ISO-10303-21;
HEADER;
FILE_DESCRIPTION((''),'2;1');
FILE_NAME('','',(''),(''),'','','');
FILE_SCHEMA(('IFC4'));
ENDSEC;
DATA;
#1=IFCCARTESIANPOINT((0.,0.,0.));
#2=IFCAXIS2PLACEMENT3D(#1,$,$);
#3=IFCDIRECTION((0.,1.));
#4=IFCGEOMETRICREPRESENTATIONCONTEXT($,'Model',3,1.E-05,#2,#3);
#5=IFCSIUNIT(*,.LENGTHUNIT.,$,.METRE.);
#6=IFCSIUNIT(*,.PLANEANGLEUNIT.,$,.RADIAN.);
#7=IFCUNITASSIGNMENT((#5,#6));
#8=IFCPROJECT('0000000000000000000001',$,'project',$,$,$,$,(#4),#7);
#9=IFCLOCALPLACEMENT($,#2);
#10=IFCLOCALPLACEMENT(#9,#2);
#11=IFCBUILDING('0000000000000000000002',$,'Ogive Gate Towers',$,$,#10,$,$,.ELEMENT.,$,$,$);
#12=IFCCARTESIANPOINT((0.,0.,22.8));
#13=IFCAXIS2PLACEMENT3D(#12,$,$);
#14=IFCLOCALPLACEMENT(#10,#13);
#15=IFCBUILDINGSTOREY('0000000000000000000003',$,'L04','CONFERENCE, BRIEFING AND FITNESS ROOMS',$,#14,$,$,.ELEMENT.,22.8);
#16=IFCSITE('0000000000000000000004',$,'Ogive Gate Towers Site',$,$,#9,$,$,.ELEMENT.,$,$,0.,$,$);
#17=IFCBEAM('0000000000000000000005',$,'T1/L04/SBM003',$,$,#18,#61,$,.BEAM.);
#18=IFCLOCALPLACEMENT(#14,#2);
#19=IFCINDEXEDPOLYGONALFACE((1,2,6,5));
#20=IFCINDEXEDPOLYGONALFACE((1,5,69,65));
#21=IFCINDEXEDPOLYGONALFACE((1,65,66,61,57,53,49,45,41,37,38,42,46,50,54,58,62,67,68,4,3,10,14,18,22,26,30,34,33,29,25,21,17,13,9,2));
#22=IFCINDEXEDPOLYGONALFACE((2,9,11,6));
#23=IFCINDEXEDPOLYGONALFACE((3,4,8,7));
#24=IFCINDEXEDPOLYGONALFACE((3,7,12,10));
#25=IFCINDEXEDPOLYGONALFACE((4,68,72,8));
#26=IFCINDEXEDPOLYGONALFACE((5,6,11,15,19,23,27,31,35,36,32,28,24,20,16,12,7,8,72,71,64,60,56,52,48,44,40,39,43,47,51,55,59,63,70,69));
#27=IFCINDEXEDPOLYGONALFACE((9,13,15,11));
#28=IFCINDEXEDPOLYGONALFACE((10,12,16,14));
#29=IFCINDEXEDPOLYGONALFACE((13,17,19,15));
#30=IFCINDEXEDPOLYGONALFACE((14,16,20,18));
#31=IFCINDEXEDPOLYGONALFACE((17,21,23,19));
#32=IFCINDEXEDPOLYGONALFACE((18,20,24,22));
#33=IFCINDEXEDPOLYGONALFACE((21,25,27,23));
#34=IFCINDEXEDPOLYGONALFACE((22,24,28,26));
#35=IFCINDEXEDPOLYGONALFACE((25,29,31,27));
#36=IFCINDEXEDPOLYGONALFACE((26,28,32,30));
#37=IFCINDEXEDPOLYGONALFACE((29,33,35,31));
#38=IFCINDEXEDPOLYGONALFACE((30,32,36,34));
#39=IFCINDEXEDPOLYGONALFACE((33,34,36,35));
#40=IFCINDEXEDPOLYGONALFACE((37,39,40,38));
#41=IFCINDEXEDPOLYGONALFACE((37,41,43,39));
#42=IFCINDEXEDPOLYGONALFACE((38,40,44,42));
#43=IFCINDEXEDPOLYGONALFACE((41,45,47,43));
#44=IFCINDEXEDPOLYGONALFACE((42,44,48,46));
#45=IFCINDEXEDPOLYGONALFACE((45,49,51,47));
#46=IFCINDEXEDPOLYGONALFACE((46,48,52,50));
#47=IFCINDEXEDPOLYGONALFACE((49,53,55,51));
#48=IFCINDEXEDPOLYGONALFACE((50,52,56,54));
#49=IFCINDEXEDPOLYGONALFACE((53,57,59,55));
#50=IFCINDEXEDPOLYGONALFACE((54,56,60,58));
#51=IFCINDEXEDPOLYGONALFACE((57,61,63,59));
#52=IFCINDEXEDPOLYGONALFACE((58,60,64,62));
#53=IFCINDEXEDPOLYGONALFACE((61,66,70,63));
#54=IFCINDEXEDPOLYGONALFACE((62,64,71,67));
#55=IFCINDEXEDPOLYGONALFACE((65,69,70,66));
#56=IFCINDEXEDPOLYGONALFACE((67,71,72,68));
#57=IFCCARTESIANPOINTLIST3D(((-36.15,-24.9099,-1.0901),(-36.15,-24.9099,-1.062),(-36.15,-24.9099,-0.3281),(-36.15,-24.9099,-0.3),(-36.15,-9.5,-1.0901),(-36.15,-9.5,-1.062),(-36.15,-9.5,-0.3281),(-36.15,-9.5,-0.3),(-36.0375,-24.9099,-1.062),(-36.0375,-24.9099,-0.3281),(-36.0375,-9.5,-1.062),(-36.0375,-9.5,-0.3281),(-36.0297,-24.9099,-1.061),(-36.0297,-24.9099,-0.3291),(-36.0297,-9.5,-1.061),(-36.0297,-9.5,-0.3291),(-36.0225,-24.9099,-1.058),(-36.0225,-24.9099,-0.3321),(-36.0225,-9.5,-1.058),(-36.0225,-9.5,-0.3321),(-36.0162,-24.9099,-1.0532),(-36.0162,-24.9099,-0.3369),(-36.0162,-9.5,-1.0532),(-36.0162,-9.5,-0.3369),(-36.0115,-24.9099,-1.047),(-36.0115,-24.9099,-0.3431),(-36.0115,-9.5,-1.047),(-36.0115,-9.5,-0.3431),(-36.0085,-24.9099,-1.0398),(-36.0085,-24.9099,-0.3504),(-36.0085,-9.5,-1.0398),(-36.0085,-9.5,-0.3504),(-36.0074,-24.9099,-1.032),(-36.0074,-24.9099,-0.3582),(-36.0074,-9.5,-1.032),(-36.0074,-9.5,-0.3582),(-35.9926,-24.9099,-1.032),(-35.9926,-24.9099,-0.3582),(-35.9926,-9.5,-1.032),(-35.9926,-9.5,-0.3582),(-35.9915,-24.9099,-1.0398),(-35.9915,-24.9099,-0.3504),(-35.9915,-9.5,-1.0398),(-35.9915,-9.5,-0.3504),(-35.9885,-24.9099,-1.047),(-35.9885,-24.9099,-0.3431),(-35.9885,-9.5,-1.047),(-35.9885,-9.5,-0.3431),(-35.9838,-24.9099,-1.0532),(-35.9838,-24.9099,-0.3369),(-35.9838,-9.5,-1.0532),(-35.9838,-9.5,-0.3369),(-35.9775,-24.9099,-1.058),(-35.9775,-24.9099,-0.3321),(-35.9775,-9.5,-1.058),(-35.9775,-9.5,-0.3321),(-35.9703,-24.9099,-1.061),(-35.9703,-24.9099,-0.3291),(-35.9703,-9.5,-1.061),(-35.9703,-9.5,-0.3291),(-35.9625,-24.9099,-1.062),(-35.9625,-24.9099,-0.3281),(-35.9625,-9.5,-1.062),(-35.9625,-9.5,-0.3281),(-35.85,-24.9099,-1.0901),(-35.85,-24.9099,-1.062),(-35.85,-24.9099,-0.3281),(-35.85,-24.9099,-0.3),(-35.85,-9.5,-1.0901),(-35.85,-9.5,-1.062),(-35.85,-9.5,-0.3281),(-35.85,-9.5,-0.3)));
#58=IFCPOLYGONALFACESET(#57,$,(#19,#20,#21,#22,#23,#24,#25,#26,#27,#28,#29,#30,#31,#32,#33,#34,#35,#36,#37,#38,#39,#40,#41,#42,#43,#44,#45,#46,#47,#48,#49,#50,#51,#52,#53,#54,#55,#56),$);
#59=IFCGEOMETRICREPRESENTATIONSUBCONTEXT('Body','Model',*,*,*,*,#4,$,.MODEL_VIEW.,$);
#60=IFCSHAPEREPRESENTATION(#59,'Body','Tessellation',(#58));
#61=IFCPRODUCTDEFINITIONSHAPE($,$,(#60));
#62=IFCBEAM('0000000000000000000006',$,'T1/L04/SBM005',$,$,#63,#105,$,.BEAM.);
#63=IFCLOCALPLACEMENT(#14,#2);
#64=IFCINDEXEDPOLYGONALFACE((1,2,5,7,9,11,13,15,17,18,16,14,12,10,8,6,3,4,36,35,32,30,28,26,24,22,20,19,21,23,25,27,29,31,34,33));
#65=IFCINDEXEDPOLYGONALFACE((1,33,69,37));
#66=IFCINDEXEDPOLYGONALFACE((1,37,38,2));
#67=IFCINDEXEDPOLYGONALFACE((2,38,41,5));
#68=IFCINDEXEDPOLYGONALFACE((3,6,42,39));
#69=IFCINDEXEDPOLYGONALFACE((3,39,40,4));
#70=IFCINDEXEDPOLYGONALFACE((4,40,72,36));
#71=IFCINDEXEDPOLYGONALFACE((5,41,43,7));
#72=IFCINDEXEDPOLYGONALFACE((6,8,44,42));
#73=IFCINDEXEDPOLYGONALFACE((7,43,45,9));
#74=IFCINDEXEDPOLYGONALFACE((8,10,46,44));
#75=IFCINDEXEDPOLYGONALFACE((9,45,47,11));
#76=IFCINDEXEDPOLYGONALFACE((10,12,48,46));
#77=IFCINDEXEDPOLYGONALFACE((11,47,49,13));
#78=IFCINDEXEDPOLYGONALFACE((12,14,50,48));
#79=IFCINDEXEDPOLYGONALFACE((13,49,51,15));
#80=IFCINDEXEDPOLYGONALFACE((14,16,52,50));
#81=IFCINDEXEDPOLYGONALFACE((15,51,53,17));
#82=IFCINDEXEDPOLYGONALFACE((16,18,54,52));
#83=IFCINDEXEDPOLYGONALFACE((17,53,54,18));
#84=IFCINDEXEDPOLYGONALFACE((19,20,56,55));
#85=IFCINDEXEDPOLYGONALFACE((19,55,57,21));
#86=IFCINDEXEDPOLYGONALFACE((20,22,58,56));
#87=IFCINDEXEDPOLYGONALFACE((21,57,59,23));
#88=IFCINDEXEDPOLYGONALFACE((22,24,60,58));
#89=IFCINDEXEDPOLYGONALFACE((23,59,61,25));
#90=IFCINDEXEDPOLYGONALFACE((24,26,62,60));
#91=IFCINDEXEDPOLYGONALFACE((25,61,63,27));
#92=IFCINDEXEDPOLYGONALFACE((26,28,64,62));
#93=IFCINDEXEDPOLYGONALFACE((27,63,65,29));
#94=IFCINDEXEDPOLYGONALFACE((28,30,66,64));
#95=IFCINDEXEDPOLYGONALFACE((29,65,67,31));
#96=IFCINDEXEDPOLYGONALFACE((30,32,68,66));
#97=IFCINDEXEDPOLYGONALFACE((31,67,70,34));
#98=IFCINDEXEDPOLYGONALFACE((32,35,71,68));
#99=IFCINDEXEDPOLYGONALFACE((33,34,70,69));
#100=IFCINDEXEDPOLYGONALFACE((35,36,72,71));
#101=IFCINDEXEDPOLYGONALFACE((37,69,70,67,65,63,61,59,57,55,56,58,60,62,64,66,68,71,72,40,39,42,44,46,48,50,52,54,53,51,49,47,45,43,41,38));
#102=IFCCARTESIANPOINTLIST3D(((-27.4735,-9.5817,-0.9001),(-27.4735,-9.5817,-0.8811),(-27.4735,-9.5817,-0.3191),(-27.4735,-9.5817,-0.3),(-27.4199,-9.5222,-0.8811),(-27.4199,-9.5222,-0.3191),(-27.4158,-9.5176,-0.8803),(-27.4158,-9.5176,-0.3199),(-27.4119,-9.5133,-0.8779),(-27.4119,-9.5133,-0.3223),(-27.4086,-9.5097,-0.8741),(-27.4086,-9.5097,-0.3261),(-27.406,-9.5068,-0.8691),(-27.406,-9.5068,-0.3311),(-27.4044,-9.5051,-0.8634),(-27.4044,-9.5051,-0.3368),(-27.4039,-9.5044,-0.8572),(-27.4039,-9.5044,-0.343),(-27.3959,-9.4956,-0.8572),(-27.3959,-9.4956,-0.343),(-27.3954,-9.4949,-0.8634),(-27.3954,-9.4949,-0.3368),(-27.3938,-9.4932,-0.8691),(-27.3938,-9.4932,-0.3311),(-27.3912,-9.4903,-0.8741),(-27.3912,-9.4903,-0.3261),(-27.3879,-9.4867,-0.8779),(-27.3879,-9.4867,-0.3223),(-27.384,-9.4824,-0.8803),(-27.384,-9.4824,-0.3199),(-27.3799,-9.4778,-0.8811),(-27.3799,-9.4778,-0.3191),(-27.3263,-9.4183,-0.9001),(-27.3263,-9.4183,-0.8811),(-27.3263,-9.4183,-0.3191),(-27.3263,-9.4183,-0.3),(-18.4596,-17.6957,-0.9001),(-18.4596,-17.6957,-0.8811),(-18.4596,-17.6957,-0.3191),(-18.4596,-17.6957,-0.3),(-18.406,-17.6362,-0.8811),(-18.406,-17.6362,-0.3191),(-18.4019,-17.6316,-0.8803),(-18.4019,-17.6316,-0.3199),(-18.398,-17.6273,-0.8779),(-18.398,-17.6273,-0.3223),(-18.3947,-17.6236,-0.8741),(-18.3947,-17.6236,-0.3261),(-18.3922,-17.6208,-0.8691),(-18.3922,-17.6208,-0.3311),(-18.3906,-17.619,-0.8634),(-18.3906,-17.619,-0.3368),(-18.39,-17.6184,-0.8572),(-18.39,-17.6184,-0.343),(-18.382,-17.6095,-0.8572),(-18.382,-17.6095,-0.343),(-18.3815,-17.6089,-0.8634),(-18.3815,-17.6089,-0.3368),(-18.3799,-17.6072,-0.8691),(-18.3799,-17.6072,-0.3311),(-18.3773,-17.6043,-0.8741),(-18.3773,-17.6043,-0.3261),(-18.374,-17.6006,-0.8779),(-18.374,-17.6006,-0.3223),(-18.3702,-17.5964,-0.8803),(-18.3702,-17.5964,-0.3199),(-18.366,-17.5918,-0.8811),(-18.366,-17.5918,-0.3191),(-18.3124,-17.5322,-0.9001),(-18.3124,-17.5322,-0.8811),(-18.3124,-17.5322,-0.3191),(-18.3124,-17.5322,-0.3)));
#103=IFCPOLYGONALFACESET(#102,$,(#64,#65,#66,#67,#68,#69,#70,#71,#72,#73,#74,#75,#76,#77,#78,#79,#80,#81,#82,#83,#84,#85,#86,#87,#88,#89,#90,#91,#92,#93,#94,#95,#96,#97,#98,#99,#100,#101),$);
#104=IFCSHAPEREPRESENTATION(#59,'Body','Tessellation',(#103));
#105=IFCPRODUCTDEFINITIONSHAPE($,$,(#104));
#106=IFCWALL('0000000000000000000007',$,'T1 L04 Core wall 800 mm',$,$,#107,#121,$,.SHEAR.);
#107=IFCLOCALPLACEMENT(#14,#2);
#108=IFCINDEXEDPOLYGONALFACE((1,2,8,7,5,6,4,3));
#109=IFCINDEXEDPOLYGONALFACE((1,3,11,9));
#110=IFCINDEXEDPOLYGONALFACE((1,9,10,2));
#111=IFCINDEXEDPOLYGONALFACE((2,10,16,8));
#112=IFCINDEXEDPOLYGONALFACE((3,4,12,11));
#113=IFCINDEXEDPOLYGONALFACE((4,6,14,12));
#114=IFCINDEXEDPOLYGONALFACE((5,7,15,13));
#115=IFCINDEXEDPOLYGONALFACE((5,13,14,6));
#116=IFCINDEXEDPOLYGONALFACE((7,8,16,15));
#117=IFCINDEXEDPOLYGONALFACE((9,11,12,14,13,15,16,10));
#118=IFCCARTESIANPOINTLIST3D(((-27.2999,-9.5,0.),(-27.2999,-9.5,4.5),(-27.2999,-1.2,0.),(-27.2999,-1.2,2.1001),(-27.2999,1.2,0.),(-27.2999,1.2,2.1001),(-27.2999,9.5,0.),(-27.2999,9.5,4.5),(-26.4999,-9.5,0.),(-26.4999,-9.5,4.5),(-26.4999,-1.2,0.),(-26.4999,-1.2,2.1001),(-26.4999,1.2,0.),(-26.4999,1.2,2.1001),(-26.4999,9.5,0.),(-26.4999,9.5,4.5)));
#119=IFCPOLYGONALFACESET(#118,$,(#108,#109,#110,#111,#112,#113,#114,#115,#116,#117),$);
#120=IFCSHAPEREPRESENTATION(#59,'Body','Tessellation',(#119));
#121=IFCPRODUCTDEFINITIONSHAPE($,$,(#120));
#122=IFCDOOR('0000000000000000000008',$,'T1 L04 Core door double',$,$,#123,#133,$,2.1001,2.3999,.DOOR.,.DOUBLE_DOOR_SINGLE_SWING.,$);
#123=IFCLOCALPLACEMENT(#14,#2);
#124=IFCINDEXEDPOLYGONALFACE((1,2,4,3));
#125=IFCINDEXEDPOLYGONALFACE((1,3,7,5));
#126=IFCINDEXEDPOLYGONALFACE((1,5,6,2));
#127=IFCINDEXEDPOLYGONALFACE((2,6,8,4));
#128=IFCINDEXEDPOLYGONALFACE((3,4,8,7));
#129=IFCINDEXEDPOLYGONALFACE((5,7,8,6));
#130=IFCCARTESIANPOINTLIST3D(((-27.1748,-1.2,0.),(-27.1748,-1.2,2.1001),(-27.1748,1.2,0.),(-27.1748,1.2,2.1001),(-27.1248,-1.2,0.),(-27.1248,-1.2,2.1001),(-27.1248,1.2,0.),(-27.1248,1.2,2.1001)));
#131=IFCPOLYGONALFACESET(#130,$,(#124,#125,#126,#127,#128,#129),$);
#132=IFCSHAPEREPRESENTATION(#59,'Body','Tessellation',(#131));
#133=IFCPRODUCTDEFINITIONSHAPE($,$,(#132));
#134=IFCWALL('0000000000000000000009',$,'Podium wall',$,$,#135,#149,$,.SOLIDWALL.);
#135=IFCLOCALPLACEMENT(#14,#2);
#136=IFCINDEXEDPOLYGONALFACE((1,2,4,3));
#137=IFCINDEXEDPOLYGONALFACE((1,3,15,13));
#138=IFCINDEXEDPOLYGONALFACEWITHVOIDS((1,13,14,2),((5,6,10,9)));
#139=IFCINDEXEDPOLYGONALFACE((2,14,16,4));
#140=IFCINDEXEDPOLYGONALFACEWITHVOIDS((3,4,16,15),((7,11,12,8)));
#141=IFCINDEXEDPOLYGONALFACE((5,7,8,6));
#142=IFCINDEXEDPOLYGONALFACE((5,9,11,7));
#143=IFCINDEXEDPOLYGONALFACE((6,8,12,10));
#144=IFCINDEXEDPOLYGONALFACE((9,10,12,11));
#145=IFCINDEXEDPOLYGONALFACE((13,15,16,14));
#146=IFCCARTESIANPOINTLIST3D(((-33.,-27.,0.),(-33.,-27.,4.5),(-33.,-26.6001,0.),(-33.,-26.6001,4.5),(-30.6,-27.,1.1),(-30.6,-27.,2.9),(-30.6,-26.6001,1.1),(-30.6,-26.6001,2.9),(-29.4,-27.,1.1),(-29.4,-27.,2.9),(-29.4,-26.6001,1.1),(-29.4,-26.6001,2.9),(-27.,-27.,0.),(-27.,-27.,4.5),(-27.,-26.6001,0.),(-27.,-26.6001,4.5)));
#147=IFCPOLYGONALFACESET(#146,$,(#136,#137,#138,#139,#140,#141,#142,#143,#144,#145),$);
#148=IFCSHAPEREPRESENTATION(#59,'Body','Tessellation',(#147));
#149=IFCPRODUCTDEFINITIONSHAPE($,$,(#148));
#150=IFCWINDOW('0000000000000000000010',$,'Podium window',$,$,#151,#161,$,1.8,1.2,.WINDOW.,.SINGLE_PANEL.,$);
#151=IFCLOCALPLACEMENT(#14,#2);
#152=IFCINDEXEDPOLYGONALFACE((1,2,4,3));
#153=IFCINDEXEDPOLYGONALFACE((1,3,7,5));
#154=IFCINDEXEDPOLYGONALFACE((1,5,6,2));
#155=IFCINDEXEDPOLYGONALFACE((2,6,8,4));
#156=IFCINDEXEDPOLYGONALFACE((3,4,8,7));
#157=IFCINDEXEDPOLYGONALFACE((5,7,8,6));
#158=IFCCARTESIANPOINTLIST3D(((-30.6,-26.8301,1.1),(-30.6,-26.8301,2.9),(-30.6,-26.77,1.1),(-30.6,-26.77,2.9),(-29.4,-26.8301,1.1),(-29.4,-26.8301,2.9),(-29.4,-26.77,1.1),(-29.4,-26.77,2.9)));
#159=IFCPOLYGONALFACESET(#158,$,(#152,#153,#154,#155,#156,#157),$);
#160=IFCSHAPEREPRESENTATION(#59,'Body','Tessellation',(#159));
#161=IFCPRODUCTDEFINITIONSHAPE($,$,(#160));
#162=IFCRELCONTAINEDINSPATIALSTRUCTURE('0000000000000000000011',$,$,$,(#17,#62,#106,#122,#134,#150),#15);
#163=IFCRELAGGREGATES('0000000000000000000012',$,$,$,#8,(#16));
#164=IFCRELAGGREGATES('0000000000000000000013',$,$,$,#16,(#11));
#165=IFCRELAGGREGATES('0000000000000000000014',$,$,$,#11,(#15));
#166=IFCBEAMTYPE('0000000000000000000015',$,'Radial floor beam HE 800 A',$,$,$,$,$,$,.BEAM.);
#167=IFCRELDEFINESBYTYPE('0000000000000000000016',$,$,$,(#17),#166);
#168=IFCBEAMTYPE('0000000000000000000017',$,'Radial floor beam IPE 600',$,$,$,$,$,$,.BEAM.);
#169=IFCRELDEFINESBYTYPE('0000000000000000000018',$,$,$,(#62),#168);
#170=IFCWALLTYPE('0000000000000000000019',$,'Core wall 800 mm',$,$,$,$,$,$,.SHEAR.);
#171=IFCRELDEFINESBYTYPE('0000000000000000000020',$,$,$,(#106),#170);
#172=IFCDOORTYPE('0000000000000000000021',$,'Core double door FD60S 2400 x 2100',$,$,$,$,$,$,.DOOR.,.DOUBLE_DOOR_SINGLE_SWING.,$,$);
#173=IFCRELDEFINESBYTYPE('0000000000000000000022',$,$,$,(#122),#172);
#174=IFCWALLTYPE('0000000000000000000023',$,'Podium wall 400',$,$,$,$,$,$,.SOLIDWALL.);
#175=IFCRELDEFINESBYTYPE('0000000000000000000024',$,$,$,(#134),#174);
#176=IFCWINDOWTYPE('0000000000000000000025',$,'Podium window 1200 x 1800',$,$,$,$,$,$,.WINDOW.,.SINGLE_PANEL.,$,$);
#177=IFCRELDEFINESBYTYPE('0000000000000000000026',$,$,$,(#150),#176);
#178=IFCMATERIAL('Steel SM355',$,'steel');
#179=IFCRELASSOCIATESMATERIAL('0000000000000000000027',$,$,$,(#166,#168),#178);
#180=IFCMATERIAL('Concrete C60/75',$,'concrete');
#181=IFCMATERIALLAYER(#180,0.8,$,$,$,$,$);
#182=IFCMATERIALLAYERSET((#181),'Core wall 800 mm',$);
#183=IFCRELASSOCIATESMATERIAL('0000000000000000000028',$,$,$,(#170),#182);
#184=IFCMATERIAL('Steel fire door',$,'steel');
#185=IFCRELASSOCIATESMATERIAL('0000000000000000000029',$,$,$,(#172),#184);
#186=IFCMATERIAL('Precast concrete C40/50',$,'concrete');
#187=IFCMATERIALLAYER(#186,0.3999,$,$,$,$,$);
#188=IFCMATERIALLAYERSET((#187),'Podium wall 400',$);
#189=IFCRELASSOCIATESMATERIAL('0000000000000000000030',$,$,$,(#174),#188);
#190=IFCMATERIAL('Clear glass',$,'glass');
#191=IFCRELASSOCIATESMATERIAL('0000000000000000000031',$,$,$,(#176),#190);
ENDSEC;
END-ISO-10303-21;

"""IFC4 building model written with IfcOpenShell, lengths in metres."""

from ifc_helpers import new_model, si_unit, direction, frame, frame_2d, origin, origin_2d, place, context, subcontext, project, spatial, rectangle, i_section, extrude, material, layer, layer_set, material_profile, profile_set, type_object, element, fill, save


model = new_model("IFC4")

# Units and contexts
model_context = context("Model", 3, precision=1e-05, world=origin(), true_north=direction((0.0, 1.0)))
body_context = subcontext(model_context, "Body", "Model", "MODEL_VIEW")
ifc_project = project(units=[si_unit("LENGTHUNIT", "METRE"), si_unit("PLANEANGLEUNIT", "RADIAN")], contexts=[model_context])

# Site, building, storey
site_placement = place(None, origin())
site = spatial("IfcSite", under=ifc_project, at=site_placement, Name="Ogive Gate Towers Site", CompositionType="ELEMENT", RefElevation=0.0)
building_placement = place(site_placement, origin())
building = spatial("IfcBuilding", under=site, at=building_placement, Name="Ogive Gate Towers", CompositionType="ELEMENT")
storey_placement = place(building_placement, frame((0.0, 0.0, 22.8)))
storey = spatial("IfcBuildingStorey", under=building, at=storey_placement, Name="L04", Description="CONFERENCE, BRIEFING AND FITNESS ROOMS", CompositionType="ELEMENT", Elevation=22.8)

# Beams
ifc_material_1 = material(Name="Steel SM355", Category="steel")
ifc_material_profile_1 = material_profile(ifc_material_1, i_section(OverallWidth=0.3, OverallDepth=0.79, WebThickness=0.0149, FlangeThickness=0.0281, FilletRadius=0.03, at=origin_2d()), Name="HE 800 A")
ifc_profile_set_1 = profile_set([ifc_material_profile_1], Name="Steel SM355")
beam_type_1 = type_object("IfcBeamType", Name="Radial floor beam HE 800 A", PredefinedType="BEAM", material=ifc_profile_set_1)
beam_1_placement = place(storey_placement, frame((-36.0, -9.5, -0.6951), z_axis=(0.0, -1.0, 0.0), x_axis=(1.0, 0.0, 0.0)))
element("IfcBeam", 1, at=beam_1_placement, inside=storey, type_object=beam_type_1, Name="T1/L04/SBM003", PredefinedType="BEAM", context=body_context, shape_type="SweptSolid", body=[
    extrude(i_section(OverallWidth=0.3, OverallDepth=0.79, WebThickness=0.0149, FlangeThickness=0.0281, FilletRadius=0.03, at=origin_2d()), origin(), (0.0, 0.0, 1.0), 15.4099),
])
ifc_material_profile_2 = material_profile(ifc_material_1, i_section(OverallWidth=0.22, OverallDepth=0.6001, WebThickness=0.012, FlangeThickness=0.019, FilletRadius=0.0239, at=origin_2d()), Name="IPE 600")
ifc_profile_set_2 = profile_set([ifc_material_profile_2], Name="Steel SM355")
beam_type_2 = type_object("IfcBeamType", Name="Radial floor beam IPE 600", PredefinedType="BEAM", material=ifc_profile_set_2)
beam_2_placement = place(storey_placement, frame((-27.3999, -9.5, -0.6001), z_axis=(0.743233, -0.669033, 0.0), x_axis=(0.669033, 0.743233, 0.0)))
element("IfcBeam", 2, at=beam_2_placement, inside=storey, type_object=beam_type_2, Name="T1/L04/SBM005", PredefinedType="BEAM", context=body_context, shape_type="SweptSolid", body=[
    extrude(i_section(OverallWidth=0.22, OverallDepth=0.6001, WebThickness=0.012, FlangeThickness=0.019, FilletRadius=0.0239, at=origin_2d()), origin(), (0.0, 0.0, 1.0), 12.1279),
])

# Wall, opening, door
ifc_material_2 = material(Name="Concrete C60/75", Category="concrete")
ifc_layer_1 = layer(ifc_material_2, 0.8)
ifc_layer_set_1 = layer_set([ifc_layer_1], Name="Core wall 800 mm")
wall_type_1 = type_object("IfcWallType", Name="Core wall 800 mm", PredefinedType="SHEAR", material=ifc_layer_set_1)
wall_1_placement = place(storey_placement, frame((-26.8999, -9.5, 0.0), z_axis=(0.0, 0.0, 1.0), x_axis=(0.0, 1.0, 0.0)))
wall_1 = element("IfcWall", 3, at=wall_1_placement, inside=storey, type_object=wall_type_1, Name="T1 L04 Core wall 800 mm", PredefinedType="SHEAR", context=body_context, shape_type="SweptSolid", body=[
    extrude(rectangle(XDim=19.0, YDim=0.8, at=frame_2d((9.5, 0.0))), origin(), (0.0, 0.0, 1.0), 4.5),
])
opening_1_placement = place(wall_1_placement, frame((8.3, 0.0, 0.0)))
opening_1 = element("IfcOpeningElement", 4, at=opening_1_placement, cuts=wall_1, PredefinedType="OPENING", context=body_context, shape_type="SweptSolid", body=[
    extrude(rectangle(XDim=2.3999, YDim=2.1001, at=frame_2d((1.2, 1.05))), frame((0.0, 0.4102, 0.0), z_axis=(0.0, -1.0, 0.0), x_axis=(1.0, 0.0, 0.0)), (0.0, 0.0, 1.0), 0.8201),
])
ifc_material_3 = material(Name="Steel fire door", Category="steel")
door_type_1 = type_object("IfcDoorType", Name="Core double door FD60S 2400 x 2100", OperationType="DOUBLE_DOOR_SINGLE_SWING", PredefinedType="DOOR", material=ifc_material_3)
door_1_placement = place(opening_1_placement, origin())
door_1 = element("IfcDoor", 5, at=door_1_placement, inside=storey, type_object=door_type_1, Name="T1 L04 Core door double", OperationType="DOUBLE_DOOR_SINGLE_SWING", OverallHeight=2.1001, OverallWidth=2.3999, PredefinedType="DOOR", context=body_context, shape_type="SweptSolid", body=[
    extrude(rectangle(XDim=2.3999, YDim=2.1001, at=frame_2d((1.2, 1.05))), frame((0.0, 0.2749, 0.0), z_axis=(0.0, -1.0, 0.0), x_axis=(1.0, 0.0, 0.0)), (0.0, 0.0, 1.0), 0.05),
])
fill(opening_1, door_1)

# Wall, opening, window
ifc_material_4 = material(Name="Precast concrete C40/50", Category="concrete")
ifc_layer_2 = layer(ifc_material_4, 0.3999)
ifc_layer_set_2 = layer_set([ifc_layer_2], Name="Podium wall 400")
wall_type_2 = type_object("IfcWallType", Name="Podium wall 400", PredefinedType="SOLIDWALL", material=ifc_layer_set_2)
wall_2_placement = place(storey_placement, frame((-33.0, -26.8, 0.0), z_axis=(0.0, 0.0, 1.0), x_axis=(1.0, 0.0, 0.0)))
wall_2 = element("IfcWall", 6, at=wall_2_placement, inside=storey, type_object=wall_type_2, Name="Podium wall", PredefinedType="SOLIDWALL", context=body_context, shape_type="SweptSolid", body=[
    extrude(rectangle(XDim=6.0, YDim=0.3999, at=frame_2d((3.0, 0.0))), origin(), (0.0, 0.0, 1.0), 4.5),
])
opening_2_placement = place(wall_2_placement, frame((2.3999, 0.0, 1.1001)))
opening_2 = element("IfcOpeningElement", 7, at=opening_2_placement, cuts=wall_2, PredefinedType="OPENING", context=body_context, shape_type="SweptSolid", body=[
    extrude(rectangle(XDim=1.2, YDim=1.8, at=frame_2d((0.6001, 0.8999))), frame((0.0, 0.21, 0.0), z_axis=(0.0, -1.0, 0.0), x_axis=(1.0, 0.0, 0.0)), (0.0, 0.0, 1.0), 0.4199),
])
ifc_material_5 = material(Name="Clear glass", Category="glass")
window_type = type_object("IfcWindowType", Name="Podium window 1200 x 1800", PartitioningType="SINGLE_PANEL", PredefinedType="WINDOW", material=ifc_material_5)
window_1_placement = place(opening_2_placement, origin())
window_1 = element("IfcWindow", 8, at=window_1_placement, inside=storey, type_object=window_type, Name="Podium window", OverallHeight=1.8, OverallWidth=1.2, PartitioningType="SINGLE_PANEL", PredefinedType="WINDOW", context=body_context, shape_type="SweptSolid", body=[
    extrude(rectangle(XDim=1.2, YDim=1.8, at=frame_2d((0.6001, 0.8999))), frame((0.0, 0.03, 0.0), z_axis=(0.0, -1.0, 0.0), x_axis=(1.0, 0.0, 0.0)), (0.0, 0.0, 1.0), 0.0601),
])
fill(opening_2, window_1)

save(model, "model.ifc")
